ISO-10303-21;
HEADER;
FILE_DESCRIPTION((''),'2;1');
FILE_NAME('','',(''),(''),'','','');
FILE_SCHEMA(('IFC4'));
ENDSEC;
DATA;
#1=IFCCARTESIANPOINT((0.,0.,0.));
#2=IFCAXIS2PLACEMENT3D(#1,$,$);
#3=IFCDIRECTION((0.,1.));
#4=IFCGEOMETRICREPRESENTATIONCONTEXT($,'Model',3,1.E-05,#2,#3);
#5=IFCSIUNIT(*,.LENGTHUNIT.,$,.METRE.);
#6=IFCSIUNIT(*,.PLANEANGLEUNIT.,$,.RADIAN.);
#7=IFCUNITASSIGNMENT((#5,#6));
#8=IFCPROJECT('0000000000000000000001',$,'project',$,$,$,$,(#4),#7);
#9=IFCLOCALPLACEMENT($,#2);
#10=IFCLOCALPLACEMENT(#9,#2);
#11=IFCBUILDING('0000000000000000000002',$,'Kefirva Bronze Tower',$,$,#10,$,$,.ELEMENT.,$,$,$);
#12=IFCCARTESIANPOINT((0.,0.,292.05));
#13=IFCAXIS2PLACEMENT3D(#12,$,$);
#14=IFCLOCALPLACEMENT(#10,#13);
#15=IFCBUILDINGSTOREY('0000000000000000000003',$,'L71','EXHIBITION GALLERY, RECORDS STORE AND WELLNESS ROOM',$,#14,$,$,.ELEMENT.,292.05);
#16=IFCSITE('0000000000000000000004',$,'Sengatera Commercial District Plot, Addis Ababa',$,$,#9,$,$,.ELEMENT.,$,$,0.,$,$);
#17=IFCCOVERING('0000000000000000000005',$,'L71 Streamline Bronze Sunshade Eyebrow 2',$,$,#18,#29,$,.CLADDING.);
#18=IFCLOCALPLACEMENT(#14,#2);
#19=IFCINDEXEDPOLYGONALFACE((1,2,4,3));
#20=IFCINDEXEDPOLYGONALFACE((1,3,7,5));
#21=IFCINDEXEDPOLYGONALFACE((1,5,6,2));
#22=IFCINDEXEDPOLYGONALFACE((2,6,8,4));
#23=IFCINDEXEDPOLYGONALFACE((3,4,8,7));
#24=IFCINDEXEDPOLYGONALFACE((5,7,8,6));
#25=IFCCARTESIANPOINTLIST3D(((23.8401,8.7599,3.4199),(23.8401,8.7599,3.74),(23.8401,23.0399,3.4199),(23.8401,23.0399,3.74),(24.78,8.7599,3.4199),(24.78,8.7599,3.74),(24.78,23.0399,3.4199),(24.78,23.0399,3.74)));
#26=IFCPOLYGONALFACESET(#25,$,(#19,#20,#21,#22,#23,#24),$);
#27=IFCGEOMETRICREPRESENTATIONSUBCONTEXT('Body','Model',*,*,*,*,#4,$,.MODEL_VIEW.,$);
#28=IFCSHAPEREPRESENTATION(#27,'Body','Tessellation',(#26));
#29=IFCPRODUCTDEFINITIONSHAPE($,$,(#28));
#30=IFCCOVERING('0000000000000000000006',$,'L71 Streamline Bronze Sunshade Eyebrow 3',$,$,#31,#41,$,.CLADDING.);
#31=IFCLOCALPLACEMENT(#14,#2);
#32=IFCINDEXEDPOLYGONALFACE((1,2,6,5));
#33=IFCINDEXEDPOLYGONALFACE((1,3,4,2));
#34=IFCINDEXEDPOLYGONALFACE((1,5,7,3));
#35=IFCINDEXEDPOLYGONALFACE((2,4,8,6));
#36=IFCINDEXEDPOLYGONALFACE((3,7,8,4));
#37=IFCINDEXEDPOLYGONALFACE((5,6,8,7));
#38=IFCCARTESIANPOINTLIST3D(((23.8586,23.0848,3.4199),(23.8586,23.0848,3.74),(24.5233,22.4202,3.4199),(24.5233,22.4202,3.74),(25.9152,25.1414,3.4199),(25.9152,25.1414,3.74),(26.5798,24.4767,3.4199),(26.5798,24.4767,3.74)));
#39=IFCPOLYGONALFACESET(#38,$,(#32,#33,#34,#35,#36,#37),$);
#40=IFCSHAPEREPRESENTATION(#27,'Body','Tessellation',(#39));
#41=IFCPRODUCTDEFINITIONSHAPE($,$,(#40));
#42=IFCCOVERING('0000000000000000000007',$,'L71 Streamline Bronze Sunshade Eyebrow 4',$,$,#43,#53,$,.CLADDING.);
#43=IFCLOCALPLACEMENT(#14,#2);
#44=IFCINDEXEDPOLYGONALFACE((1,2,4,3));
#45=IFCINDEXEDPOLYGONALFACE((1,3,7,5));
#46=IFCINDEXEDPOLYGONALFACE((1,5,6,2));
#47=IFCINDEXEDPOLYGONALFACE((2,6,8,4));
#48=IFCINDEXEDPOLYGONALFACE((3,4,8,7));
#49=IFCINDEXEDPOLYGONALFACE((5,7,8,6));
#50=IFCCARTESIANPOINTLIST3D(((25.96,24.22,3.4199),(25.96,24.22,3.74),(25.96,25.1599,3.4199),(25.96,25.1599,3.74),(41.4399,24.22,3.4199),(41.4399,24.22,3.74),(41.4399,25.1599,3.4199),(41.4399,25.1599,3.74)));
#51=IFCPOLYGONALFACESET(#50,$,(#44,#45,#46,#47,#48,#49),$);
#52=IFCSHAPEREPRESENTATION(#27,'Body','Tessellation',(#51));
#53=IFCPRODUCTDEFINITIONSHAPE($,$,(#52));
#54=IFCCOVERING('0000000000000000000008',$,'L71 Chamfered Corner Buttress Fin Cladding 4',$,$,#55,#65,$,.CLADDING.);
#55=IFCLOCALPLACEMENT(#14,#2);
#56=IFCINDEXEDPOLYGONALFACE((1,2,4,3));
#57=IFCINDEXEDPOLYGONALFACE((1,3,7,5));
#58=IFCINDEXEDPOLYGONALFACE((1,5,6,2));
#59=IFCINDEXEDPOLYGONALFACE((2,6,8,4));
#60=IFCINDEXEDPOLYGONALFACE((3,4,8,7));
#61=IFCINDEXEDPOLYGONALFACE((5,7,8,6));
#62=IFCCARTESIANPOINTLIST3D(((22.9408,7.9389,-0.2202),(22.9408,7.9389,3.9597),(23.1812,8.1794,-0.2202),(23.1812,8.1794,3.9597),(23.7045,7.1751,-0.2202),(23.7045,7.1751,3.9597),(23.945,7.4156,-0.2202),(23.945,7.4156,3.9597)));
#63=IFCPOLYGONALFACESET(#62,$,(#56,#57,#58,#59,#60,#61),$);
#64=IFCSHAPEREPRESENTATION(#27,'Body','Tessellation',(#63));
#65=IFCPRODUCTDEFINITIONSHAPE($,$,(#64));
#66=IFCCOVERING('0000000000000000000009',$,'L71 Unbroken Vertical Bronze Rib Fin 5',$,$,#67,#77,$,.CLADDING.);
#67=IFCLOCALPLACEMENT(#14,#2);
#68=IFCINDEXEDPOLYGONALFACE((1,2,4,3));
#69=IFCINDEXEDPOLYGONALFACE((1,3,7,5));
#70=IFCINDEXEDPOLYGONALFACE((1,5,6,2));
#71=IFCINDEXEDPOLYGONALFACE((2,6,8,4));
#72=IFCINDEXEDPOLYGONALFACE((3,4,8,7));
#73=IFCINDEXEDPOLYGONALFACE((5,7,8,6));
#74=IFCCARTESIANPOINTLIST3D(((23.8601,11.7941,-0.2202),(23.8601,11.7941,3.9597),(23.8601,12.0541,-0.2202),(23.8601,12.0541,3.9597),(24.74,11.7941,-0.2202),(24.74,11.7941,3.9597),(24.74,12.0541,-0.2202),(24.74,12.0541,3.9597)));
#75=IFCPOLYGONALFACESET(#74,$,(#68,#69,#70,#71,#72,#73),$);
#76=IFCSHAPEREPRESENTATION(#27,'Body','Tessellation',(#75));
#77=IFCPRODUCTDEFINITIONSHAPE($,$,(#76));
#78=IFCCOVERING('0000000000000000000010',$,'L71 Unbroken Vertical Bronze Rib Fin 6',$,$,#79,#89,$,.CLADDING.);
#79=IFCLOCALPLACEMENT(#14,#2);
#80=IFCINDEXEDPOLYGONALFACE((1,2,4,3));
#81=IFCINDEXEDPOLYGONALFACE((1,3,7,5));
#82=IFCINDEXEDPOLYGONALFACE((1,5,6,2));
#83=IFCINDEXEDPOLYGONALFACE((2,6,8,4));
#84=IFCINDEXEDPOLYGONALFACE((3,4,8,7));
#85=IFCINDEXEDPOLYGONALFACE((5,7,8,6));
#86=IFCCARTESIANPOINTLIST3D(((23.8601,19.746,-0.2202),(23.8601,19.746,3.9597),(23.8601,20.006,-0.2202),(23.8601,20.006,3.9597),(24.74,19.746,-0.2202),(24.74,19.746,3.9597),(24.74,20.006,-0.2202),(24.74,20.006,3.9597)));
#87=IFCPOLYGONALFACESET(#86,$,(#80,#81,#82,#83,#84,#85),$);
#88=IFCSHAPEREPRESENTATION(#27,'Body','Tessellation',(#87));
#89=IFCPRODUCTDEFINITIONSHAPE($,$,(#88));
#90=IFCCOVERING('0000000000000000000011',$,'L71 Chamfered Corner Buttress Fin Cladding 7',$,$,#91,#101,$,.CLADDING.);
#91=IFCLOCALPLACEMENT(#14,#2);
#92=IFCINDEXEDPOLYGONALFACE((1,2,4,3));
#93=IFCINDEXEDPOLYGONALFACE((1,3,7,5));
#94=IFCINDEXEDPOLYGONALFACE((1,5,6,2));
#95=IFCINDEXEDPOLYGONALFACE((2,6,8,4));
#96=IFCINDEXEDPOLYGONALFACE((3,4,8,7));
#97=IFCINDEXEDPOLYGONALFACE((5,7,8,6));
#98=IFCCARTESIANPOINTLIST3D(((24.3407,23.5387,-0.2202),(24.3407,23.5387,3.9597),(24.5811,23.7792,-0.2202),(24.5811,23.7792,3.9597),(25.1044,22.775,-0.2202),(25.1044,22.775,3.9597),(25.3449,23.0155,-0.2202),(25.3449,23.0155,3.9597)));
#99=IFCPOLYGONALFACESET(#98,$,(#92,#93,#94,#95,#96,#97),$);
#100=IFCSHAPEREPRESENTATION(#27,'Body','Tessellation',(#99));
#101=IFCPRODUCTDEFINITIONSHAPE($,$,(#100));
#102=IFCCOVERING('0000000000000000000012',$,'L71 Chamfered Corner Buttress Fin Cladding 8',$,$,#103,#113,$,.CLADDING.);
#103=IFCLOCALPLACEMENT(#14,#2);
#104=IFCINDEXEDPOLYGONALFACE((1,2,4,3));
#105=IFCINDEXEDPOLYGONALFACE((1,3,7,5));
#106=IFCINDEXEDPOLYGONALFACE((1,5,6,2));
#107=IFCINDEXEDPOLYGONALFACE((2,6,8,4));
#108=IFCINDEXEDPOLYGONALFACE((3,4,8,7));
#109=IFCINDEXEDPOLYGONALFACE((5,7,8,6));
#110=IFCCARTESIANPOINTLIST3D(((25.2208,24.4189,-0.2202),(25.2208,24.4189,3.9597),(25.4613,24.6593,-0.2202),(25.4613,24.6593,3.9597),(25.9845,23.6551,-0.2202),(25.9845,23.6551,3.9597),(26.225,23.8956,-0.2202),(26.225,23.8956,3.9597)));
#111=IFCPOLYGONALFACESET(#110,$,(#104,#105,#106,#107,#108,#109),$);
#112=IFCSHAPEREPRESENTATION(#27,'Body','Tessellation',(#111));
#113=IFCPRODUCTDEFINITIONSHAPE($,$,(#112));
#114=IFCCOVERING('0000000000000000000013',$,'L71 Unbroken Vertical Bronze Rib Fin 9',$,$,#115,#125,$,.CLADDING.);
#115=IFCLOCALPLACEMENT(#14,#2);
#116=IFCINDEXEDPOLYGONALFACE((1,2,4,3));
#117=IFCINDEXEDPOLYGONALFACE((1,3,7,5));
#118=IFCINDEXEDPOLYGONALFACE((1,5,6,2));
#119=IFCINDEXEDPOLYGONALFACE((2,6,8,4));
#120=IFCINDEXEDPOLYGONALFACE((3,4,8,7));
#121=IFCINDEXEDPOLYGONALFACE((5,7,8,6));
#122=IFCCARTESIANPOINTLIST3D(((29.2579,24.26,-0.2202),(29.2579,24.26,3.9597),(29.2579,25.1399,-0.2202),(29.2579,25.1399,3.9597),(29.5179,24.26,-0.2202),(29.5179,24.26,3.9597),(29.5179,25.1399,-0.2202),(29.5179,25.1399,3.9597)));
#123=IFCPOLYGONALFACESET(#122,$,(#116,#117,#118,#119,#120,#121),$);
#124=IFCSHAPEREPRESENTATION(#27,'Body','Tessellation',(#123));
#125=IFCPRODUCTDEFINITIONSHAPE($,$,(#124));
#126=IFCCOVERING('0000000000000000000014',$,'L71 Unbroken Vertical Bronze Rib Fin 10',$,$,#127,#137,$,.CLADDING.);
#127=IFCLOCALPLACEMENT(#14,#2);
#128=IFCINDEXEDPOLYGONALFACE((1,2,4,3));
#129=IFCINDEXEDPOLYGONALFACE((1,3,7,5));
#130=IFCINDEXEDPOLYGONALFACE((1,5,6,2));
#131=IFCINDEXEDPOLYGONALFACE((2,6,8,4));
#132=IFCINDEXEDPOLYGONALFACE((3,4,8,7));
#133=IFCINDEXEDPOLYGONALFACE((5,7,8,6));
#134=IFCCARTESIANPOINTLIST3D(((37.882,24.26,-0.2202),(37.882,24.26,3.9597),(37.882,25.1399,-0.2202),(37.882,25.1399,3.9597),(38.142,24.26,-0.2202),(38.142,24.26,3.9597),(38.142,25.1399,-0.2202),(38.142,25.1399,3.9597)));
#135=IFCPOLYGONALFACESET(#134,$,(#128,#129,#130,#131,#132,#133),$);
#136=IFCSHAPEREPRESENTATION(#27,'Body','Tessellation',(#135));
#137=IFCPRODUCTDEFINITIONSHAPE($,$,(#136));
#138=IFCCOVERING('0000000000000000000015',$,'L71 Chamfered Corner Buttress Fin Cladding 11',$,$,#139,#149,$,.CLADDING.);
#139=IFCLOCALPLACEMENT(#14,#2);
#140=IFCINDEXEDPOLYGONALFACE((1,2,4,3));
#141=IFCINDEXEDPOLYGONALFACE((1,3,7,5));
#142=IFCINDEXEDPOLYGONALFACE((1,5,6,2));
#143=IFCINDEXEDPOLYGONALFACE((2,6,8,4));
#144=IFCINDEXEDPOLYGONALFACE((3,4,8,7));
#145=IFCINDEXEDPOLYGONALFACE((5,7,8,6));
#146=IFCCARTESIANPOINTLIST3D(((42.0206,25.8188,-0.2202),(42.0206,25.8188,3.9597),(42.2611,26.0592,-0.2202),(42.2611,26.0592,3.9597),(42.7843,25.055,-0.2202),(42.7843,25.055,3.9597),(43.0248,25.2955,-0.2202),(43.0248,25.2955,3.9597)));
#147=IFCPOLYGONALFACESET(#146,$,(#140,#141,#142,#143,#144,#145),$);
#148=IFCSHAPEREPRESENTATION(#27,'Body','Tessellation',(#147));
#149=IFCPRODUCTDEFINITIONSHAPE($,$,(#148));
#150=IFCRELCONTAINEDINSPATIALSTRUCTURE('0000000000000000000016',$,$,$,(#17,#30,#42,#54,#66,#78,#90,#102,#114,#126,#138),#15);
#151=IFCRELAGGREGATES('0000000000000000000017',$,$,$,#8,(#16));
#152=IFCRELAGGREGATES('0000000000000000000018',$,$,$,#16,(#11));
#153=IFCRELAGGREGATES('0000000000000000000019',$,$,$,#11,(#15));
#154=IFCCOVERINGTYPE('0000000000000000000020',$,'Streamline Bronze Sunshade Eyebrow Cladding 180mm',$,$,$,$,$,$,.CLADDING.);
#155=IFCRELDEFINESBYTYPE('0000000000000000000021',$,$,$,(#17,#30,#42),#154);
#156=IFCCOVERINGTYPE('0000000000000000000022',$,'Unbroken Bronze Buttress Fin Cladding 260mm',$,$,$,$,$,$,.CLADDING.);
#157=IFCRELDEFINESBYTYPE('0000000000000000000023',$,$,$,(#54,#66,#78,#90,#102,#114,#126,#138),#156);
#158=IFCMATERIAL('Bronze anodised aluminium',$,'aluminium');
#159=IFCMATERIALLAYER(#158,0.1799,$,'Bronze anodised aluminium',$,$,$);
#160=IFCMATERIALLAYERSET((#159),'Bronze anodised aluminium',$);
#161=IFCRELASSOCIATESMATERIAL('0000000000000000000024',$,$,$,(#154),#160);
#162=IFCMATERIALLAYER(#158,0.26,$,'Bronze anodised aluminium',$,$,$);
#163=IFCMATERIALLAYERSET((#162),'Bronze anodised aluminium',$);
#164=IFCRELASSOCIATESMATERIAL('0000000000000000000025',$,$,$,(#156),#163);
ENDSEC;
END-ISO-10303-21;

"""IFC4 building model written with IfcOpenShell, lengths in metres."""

from ifc_helpers import new_model, si_unit, direction, frame, origin, origin_2d, place, context, subcontext, project, spatial, rectangle, extrude, material, layer, layer_set, type_object, element, save


model = new_model("IFC4")

# Units and contexts
model_context = context("Model", 3, precision=1e-05, world=origin(), true_north=direction((0.0, 1.0)))
body_context = subcontext(model_context, "Body", "Model", "MODEL_VIEW")
ifc_project = project(units=[si_unit("LENGTHUNIT", "METRE"), si_unit("PLANEANGLEUNIT", "RADIAN")], contexts=[model_context])

# Site, building, storey
site_placement = place(None, origin())
site = spatial("IfcSite", under=ifc_project, at=site_placement, Name="Sengatera Commercial District Plot, Addis Ababa", CompositionType="ELEMENT", RefElevation=0.0)
building_placement = place(site_placement, origin())
building = spatial("IfcBuilding", under=site, at=building_placement, Name="Kefirva Bronze Tower", CompositionType="ELEMENT")
storey_placement = place(building_placement, frame((0.0, 0.0, 292.05)))
storey = spatial("IfcBuildingStorey", under=building, at=storey_placement, Name="L71", Description="EXHIBITION GALLERY, RECORDS STORE AND WELLNESS ROOM", CompositionType="ELEMENT", Elevation=292.05)

# Shared definitions
ifc_material_1 = material(Name="Bronze anodised aluminium", Category="aluminium")

# Coverings
ifc_layer_1 = layer(ifc_material_1, 0.1799, Name="Bronze anodised aluminium")
ifc_layer_set_1 = layer_set([ifc_layer_1], Name="Bronze anodised aluminium")
covering_type_1 = type_object("IfcCoveringType", Name="Streamline Bronze Sunshade Eyebrow Cladding 180mm", PredefinedType="CLADDING", material=ifc_layer_set_1)
covering_1_placement = place(storey_placement, frame((24.3101, 15.8999, 3.4199), z_axis=(0.0, 0.0, 1.0), x_axis=(0.0, 1.0, 0.0)))
element("IfcCovering", 1, at=covering_1_placement, inside=storey, type_object=covering_type_1, Name="L71 Streamline Bronze Sunshade Eyebrow 2", PredefinedType="CLADDING", context=body_context, shape_type="SweptSolid", body=[
    extrude(rectangle(XDim=14.28, YDim=0.9399, at=origin_2d()), origin(), (0.0, 0.0, 1.0), 0.3201),
])
covering_2_placement = place(storey_placement, frame((25.2192, 23.7808, 3.4199), z_axis=(0.0, 0.0, 1.0), x_axis=(0.707107, 0.707107, 0.0)))
element("IfcCovering", 2, at=covering_2_placement, inside=storey, type_object=covering_type_1, Name="L71 Streamline Bronze Sunshade Eyebrow 3", PredefinedType="CLADDING", context=body_context, shape_type="SweptSolid", body=[
    extrude(rectangle(XDim=2.9084, YDim=0.9399, at=origin_2d()), origin(), (0.0, 0.0, 1.0), 0.3201),
])
covering_3_placement = place(storey_placement, frame((33.7, 24.6899, 3.4199), z_axis=(0.0, 0.0, 1.0), x_axis=(1.0, 0.0, 0.0)))
element("IfcCovering", 3, at=covering_3_placement, inside=storey, type_object=covering_type_1, Name="L71 Streamline Bronze Sunshade Eyebrow 4", PredefinedType="CLADDING", context=body_context, shape_type="SweptSolid", body=[
    extrude(rectangle(XDim=15.48, YDim=0.9399, at=origin_2d()), origin(), (0.0, 0.0, 1.0), 0.3201),
])
ifc_layer_2 = layer(ifc_material_1, 0.26, Name="Bronze anodised aluminium")
ifc_layer_set_2 = layer_set([ifc_layer_2], Name="Bronze anodised aluminium")
covering_type_2 = type_object("IfcCoveringType", Name="Unbroken Bronze Buttress Fin Cladding 260mm", PredefinedType="CLADDING", material=ifc_layer_set_2)
covering_4_placement = place(storey_placement, frame((23.4429, 7.6772, -0.2202), z_axis=(0.0, 0.0, 1.0), x_axis=(0.707107, 0.707107, 0.0)))
element("IfcCovering", 4, at=covering_4_placement, inside=storey, type_object=covering_type_2, Name="L71 Chamfered Corner Buttress Fin Cladding 4", PredefinedType="CLADDING", context=body_context, shape_type="SweptSolid", body=[
    extrude(rectangle(XDim=0.3401, YDim=1.0801, at=origin_2d()), origin(), (0.0, 0.0, 1.0), 4.1799),
])
for number, where, z_axis, x_axis, name in (
    (5, (24.3, 11.9241, -0.2202), (0.0, 0.0, 1.0), (0.0, 1.0, 0.0), "L71 Unbroken Vertical Bronze Rib Fin 5"),
    (6, (24.3, 19.876, -0.2202), (0.0, 0.0, 1.0), (0.0, 1.0, 0.0), "L71 Unbroken Vertical Bronze Rib Fin 6"),
):
    element("IfcCovering", number, at=place(storey_placement, frame(where, z_axis=z_axis, x_axis=x_axis)), inside=storey, type_object=covering_type_2, Name=name, PredefinedType="CLADDING", context=body_context, shape_type="SweptSolid", body=[
        extrude(rectangle(XDim=0.26, YDim=0.8799, at=origin_2d()), origin(), (0.0, 0.0, 1.0), 4.1799),
    ])
for number, where, z_axis, x_axis, name in (
    (7, (24.8428, 23.2771, -0.2202), (0.0, 0.0, 1.0), (0.707107, 0.707107, 0.0), "L71 Chamfered Corner Buttress Fin Cladding 7"),
    (8, (25.7229, 24.1572, -0.2202), (0.0, 0.0, 1.0), (0.707107, 0.707107, 0.0), "L71 Chamfered Corner Buttress Fin Cladding 8"),
):
    element("IfcCovering", number, at=place(storey_placement, frame(where, z_axis=z_axis, x_axis=x_axis)), inside=storey, type_object=covering_type_2, Name=name, PredefinedType="CLADDING", context=body_context, shape_type="SweptSolid", body=[
        extrude(rectangle(XDim=0.3401, YDim=1.0801, at=origin_2d()), origin(), (0.0, 0.0, 1.0), 4.1799),
    ])
for number, where, z_axis, x_axis, name in (
    (9, (29.3879, 24.7, -0.2202), (0.0, 0.0, 1.0), (1.0, 0.0, 0.0), "L71 Unbroken Vertical Bronze Rib Fin 9"),
    (10, (38.012, 24.7, -0.2202), (0.0, 0.0, 1.0), (1.0, 0.0, 0.0), "L71 Unbroken Vertical Bronze Rib Fin 10"),
):
    element("IfcCovering", number, at=place(storey_placement, frame(where, z_axis=z_axis, x_axis=x_axis)), inside=storey, type_object=covering_type_2, Name=name, PredefinedType="CLADDING", context=body_context, shape_type="SweptSolid", body=[
        extrude(rectangle(XDim=0.26, YDim=0.8799, at=origin_2d()), origin(), (0.0, 0.0, 1.0), 4.1799),
    ])
covering_5_placement = place(storey_placement, frame((42.5227, 25.5571, -0.2202), z_axis=(0.0, 0.0, 1.0), x_axis=(0.707107, 0.707107, 0.0)))
element("IfcCovering", 11, at=covering_5_placement, inside=storey, type_object=covering_type_2, Name="L71 Chamfered Corner Buttress Fin Cladding 11", PredefinedType="CLADDING", context=body_context, shape_type="SweptSolid", body=[
    extrude(rectangle(XDim=0.3401, YDim=1.0801, at=origin_2d()), origin(), (0.0, 0.0, 1.0), 4.1799),
])

save(model, "model.ifc")
